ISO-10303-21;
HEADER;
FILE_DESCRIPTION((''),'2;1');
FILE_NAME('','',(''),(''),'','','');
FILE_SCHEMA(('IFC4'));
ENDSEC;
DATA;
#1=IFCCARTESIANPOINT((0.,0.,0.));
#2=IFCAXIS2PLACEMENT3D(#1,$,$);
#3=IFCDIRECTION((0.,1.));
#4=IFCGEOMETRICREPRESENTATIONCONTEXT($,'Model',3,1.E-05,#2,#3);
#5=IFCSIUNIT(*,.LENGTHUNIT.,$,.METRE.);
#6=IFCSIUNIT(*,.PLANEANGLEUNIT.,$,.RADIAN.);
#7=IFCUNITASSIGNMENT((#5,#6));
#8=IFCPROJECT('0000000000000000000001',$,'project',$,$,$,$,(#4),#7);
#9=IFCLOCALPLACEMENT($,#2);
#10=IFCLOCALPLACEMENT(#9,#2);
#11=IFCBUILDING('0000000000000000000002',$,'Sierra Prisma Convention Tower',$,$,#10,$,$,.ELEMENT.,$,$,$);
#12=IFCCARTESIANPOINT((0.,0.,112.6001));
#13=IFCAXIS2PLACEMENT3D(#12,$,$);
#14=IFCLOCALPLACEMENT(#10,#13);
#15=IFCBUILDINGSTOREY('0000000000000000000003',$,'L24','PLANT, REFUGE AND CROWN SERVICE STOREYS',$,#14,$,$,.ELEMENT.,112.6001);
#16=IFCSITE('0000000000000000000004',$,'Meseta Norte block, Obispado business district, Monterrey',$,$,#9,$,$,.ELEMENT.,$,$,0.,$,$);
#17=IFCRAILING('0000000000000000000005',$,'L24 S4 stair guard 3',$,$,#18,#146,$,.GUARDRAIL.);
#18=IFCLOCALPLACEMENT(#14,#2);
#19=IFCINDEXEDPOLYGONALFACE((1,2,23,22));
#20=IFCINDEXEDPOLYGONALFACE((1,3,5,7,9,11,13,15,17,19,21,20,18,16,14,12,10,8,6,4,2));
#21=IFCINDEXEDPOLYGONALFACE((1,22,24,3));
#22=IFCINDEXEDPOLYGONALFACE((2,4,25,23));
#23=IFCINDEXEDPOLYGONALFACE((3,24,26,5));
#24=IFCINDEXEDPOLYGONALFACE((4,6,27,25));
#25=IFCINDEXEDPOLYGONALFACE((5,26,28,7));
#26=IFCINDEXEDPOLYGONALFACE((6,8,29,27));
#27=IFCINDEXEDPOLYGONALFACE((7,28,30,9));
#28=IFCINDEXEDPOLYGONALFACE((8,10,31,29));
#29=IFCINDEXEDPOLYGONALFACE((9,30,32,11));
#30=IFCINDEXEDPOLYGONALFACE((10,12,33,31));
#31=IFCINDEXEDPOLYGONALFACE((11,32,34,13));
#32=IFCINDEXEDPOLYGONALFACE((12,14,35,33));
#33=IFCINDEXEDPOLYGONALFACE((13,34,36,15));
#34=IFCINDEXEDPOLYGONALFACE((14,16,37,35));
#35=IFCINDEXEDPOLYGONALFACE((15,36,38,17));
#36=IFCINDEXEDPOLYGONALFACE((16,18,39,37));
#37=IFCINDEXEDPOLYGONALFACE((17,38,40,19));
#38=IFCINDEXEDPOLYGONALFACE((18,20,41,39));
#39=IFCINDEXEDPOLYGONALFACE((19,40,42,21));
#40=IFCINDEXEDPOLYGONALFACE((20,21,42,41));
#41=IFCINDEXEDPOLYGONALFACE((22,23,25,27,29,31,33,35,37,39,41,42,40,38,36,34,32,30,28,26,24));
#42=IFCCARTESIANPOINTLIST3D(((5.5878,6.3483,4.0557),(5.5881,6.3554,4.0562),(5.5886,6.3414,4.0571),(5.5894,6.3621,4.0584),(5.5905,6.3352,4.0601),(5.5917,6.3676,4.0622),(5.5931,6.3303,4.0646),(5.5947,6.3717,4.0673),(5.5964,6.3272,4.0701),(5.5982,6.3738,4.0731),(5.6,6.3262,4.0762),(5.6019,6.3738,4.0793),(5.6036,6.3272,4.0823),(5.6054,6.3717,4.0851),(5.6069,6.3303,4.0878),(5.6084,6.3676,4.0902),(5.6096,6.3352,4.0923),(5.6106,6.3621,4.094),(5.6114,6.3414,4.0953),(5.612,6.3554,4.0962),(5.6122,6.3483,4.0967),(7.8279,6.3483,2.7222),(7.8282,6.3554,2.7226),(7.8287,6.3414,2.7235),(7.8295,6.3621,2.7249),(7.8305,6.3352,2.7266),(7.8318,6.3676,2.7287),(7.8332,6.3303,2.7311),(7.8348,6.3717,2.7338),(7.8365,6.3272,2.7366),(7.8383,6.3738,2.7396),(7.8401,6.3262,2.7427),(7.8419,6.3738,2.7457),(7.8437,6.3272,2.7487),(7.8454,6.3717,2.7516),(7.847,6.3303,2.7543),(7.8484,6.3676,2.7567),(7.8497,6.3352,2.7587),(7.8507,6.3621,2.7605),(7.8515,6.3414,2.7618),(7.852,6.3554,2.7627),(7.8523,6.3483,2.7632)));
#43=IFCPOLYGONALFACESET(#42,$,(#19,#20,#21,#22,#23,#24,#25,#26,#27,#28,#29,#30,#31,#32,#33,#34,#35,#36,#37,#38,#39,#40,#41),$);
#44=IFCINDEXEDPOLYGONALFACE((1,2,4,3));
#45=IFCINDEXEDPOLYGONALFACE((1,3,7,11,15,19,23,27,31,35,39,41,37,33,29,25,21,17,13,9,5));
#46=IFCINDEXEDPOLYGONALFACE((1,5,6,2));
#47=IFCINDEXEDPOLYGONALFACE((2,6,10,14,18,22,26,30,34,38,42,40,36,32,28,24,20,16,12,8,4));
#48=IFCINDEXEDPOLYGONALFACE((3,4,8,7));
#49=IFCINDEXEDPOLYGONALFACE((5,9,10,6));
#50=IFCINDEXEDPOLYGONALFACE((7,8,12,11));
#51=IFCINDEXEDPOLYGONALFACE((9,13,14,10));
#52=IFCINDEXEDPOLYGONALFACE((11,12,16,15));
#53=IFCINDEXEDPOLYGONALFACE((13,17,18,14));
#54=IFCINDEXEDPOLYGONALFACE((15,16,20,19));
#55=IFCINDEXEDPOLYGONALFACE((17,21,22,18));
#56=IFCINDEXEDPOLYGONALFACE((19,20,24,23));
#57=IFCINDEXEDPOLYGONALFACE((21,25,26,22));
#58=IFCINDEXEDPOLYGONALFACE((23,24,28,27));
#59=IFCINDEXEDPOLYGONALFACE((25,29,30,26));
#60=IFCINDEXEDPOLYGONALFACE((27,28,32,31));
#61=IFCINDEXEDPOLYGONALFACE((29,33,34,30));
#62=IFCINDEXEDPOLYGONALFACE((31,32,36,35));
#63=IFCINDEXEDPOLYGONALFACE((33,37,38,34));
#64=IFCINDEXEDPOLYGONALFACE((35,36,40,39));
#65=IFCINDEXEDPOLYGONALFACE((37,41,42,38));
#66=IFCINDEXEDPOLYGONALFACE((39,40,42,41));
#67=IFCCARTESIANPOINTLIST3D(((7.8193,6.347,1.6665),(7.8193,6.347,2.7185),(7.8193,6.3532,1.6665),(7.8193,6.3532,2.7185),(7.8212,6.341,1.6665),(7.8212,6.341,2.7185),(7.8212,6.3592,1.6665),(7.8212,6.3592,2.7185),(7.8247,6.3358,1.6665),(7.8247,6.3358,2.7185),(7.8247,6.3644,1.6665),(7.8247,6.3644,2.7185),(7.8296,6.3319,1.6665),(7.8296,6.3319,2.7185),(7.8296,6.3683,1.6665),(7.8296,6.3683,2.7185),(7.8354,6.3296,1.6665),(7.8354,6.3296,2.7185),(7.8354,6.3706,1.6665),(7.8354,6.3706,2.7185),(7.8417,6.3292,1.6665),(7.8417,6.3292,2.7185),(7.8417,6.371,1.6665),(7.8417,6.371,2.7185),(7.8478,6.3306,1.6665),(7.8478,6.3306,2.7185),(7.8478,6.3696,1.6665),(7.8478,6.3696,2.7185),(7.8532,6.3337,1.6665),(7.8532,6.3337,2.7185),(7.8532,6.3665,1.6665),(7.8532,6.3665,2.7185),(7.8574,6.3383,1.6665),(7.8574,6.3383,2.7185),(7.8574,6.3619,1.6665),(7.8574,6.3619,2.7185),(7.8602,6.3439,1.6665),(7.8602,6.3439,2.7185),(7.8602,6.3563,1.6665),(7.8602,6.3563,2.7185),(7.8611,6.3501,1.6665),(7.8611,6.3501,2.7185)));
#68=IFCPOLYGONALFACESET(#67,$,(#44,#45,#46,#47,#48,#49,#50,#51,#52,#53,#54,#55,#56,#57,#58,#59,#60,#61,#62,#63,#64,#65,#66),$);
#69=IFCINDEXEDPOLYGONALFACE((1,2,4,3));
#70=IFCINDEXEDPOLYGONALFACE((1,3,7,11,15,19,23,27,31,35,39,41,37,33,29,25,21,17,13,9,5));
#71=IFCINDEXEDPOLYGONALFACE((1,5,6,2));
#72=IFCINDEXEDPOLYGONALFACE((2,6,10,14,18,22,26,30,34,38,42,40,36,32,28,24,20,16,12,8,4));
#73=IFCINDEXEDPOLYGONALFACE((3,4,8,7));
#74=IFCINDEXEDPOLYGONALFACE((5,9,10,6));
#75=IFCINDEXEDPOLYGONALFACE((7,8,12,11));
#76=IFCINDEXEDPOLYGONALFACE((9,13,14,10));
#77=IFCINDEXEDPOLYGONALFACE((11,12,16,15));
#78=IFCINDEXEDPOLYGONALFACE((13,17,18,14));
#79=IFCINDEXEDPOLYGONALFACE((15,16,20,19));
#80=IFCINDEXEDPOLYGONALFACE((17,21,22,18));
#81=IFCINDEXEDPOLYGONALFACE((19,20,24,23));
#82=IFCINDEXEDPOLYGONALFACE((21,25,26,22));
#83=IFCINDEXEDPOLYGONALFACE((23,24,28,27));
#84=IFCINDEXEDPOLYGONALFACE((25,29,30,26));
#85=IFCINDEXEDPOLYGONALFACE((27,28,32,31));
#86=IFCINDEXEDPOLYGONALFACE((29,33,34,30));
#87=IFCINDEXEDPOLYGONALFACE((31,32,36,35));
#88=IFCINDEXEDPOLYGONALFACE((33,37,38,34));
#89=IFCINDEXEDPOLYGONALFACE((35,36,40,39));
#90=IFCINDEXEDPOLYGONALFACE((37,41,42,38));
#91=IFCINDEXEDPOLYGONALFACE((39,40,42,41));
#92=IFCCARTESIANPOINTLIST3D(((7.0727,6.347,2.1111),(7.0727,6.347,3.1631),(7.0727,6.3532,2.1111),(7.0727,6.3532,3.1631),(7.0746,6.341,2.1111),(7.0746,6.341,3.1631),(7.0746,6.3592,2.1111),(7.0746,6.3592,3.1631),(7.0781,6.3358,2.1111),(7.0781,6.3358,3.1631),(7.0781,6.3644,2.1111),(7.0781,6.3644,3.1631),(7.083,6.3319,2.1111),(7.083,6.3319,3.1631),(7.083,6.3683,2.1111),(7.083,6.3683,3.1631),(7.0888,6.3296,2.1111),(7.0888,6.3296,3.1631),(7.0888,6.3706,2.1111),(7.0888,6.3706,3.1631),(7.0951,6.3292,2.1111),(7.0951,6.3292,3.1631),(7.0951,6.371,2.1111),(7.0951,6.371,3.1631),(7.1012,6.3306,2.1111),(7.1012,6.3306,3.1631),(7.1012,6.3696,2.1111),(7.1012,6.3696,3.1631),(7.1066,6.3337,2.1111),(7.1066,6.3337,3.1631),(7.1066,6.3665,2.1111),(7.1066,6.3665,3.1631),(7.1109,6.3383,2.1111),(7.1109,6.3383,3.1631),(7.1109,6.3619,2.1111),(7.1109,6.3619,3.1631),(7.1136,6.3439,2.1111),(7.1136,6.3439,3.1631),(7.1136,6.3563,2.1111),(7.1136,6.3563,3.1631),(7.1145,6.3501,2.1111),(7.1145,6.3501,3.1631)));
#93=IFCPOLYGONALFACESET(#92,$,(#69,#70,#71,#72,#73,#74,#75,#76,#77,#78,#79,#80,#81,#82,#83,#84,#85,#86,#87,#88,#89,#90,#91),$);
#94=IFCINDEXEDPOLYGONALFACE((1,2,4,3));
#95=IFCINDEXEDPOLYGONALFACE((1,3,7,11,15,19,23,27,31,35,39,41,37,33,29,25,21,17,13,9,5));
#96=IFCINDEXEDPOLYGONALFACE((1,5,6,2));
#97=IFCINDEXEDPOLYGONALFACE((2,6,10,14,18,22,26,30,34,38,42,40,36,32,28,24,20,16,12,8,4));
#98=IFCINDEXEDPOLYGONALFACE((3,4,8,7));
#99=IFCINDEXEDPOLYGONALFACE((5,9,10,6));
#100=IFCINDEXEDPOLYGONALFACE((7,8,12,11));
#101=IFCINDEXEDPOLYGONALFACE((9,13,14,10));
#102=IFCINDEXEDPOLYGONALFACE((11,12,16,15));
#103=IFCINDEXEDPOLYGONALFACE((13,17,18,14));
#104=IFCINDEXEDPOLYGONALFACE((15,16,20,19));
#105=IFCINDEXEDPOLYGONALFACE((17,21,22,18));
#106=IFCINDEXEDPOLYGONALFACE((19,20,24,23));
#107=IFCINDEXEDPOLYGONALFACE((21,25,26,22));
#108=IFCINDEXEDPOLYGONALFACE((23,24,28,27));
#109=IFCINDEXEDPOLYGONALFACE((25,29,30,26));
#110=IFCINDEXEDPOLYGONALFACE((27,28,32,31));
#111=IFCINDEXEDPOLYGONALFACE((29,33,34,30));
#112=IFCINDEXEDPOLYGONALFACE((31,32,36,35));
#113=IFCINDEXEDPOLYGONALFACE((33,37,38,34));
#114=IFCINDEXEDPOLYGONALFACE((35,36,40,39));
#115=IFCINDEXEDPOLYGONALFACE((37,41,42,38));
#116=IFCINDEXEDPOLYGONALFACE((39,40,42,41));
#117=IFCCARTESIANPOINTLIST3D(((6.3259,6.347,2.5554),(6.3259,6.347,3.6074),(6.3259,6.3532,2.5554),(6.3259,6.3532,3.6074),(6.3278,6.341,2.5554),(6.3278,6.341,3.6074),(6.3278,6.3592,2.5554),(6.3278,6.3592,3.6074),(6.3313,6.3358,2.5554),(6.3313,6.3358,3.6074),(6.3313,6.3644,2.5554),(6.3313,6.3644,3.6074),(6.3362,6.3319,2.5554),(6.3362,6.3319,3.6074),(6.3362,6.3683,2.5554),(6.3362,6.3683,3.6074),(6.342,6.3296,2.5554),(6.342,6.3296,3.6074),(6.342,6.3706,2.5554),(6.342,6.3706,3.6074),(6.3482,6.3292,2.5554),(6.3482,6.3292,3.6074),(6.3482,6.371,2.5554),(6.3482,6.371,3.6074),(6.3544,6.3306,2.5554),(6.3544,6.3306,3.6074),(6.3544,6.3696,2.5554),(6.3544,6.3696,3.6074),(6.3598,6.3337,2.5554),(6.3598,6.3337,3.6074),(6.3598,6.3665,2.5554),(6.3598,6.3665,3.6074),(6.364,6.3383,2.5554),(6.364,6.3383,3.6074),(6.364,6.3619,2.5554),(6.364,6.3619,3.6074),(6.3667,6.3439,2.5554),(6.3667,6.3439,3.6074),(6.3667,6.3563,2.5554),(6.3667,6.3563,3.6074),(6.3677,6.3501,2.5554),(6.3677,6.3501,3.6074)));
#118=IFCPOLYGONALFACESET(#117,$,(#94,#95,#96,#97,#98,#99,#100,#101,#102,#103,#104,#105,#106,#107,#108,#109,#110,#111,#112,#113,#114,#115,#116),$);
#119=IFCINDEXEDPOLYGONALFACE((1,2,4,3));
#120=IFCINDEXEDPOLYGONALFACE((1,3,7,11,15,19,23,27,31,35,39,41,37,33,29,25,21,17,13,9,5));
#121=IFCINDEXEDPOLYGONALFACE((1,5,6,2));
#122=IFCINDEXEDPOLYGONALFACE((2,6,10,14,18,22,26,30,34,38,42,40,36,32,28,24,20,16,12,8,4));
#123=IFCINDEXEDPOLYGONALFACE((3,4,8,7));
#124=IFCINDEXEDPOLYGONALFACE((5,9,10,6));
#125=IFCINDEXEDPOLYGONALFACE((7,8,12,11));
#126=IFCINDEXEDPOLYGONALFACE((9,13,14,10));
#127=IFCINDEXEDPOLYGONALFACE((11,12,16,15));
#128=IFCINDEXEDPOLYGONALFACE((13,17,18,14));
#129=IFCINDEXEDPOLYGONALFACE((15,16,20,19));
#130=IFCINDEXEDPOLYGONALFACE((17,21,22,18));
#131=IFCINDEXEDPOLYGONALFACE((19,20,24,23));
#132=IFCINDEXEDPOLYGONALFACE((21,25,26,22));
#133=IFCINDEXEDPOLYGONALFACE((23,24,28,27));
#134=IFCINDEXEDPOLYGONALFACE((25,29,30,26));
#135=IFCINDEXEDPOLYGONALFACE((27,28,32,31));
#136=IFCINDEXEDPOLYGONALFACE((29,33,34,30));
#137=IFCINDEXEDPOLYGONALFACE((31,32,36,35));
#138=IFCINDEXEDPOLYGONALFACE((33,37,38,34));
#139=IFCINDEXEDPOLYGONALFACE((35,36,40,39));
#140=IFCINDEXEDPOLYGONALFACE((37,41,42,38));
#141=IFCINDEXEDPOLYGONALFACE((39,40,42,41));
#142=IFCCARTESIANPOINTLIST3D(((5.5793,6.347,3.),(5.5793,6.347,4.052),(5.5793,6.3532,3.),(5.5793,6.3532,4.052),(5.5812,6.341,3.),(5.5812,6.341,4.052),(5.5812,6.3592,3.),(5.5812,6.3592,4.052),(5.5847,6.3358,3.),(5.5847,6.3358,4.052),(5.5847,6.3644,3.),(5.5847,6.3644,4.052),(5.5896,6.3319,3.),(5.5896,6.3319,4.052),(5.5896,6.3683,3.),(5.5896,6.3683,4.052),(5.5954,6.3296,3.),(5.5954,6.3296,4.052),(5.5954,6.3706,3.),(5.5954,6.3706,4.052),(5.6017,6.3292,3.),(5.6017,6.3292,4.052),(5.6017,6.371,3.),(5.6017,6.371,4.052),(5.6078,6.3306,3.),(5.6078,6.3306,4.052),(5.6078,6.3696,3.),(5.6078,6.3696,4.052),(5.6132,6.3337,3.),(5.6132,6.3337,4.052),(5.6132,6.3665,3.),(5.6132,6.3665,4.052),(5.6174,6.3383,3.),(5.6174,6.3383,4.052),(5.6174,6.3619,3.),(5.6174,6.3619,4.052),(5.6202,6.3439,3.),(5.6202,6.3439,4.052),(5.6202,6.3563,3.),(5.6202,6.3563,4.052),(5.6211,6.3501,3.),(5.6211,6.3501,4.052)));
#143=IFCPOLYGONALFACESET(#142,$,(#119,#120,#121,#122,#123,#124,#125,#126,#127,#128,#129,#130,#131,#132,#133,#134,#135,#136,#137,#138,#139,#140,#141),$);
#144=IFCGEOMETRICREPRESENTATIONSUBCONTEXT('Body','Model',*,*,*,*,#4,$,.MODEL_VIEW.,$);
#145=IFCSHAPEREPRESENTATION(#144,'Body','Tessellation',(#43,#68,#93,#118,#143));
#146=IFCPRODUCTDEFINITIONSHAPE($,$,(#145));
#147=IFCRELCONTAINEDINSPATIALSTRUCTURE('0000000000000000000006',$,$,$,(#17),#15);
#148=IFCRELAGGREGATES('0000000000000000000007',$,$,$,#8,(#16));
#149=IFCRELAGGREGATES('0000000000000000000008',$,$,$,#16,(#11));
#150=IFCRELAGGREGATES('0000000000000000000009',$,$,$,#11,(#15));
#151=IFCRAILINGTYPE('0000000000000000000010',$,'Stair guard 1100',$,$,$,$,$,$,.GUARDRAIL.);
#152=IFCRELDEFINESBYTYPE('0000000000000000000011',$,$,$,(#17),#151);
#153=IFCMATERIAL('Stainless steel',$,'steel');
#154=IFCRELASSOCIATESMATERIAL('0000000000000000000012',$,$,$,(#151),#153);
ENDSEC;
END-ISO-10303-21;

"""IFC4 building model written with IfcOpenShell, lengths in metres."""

from ifc_helpers import new_model, si_unit, direction, frame, origin, origin_2d, place, context, subcontext, project, spatial, circle, extrude, material, type_object, element, save


model = new_model("IFC4")

# Units and contexts
model_context = context("Model", 3, precision=1e-05, world=origin(), true_north=direction((0.0, 1.0)))
body_context = subcontext(model_context, "Body", "Model", "MODEL_VIEW")
ifc_project = project(units=[si_unit("LENGTHUNIT", "METRE"), si_unit("PLANEANGLEUNIT", "RADIAN")], contexts=[model_context])

# Site, building, storey
site_placement = place(None, origin())
site = spatial("IfcSite", under=ifc_project, at=site_placement, Name="Meseta Norte block, Obispado business district, Monterrey", CompositionType="ELEMENT", RefElevation=0.0)
building_placement = place(site_placement, origin())
building = spatial("IfcBuilding", under=site, at=building_placement, Name="Sierra Prisma Convention Tower", CompositionType="ELEMENT")
storey_placement = place(building_placement, frame((0.0, 0.0, 112.6001)))
storey = spatial("IfcBuildingStorey", under=building, at=storey_placement, Name="L24", Description="PLANT, REFUGE AND CROWN SERVICE STOREYS", CompositionType="ELEMENT", Elevation=112.6001)

# Railing
ifc_material_1 = material(Name="Stainless steel", Category="steel")
railing_type_1 = type_object("IfcRailingType", Name="Stair guard 1100", PredefinedType="GUARDRAIL", material=ifc_material_1)
railing_1_placement = place(storey_placement, frame((7.8401, 6.3501, 1.6665)))
element("IfcRailing", 1, at=railing_1_placement, inside=storey, type_object=railing_type_1, Name="L24 S4 stair guard 3", PredefinedType="GUARDRAIL", context=body_context, shape_type="SweptSolid", body=[
    extrude(circle(Radius=0.0239, at=origin_2d()), frame((0.0, 0.0, 1.0762), z_axis=(-0.859264, 0.0, 0.511532), x_axis=(0.0, -1.0, 0.0)), (0.0, 0.0, 1.0), 2.6069),
    extrude(circle(Radius=0.021, at=origin_2d()), origin(), (0.0, 0.0, 1.0), 1.052),
    extrude(circle(Radius=0.021, at=origin_2d()), frame((-0.7466, 0.0, 0.4446)), (0.0, 0.0, 1.0), 1.052),
    extrude(circle(Radius=0.021, at=origin_2d()), frame((-1.4934, 0.0, 0.8889)), (0.0, 0.0, 1.0), 1.052),
    extrude(circle(Radius=0.021, at=origin_2d()), frame((-2.24, 0.0, 1.3335)), (0.0, 0.0, 1.0), 1.052),
])

save(model, "model.ifc")
